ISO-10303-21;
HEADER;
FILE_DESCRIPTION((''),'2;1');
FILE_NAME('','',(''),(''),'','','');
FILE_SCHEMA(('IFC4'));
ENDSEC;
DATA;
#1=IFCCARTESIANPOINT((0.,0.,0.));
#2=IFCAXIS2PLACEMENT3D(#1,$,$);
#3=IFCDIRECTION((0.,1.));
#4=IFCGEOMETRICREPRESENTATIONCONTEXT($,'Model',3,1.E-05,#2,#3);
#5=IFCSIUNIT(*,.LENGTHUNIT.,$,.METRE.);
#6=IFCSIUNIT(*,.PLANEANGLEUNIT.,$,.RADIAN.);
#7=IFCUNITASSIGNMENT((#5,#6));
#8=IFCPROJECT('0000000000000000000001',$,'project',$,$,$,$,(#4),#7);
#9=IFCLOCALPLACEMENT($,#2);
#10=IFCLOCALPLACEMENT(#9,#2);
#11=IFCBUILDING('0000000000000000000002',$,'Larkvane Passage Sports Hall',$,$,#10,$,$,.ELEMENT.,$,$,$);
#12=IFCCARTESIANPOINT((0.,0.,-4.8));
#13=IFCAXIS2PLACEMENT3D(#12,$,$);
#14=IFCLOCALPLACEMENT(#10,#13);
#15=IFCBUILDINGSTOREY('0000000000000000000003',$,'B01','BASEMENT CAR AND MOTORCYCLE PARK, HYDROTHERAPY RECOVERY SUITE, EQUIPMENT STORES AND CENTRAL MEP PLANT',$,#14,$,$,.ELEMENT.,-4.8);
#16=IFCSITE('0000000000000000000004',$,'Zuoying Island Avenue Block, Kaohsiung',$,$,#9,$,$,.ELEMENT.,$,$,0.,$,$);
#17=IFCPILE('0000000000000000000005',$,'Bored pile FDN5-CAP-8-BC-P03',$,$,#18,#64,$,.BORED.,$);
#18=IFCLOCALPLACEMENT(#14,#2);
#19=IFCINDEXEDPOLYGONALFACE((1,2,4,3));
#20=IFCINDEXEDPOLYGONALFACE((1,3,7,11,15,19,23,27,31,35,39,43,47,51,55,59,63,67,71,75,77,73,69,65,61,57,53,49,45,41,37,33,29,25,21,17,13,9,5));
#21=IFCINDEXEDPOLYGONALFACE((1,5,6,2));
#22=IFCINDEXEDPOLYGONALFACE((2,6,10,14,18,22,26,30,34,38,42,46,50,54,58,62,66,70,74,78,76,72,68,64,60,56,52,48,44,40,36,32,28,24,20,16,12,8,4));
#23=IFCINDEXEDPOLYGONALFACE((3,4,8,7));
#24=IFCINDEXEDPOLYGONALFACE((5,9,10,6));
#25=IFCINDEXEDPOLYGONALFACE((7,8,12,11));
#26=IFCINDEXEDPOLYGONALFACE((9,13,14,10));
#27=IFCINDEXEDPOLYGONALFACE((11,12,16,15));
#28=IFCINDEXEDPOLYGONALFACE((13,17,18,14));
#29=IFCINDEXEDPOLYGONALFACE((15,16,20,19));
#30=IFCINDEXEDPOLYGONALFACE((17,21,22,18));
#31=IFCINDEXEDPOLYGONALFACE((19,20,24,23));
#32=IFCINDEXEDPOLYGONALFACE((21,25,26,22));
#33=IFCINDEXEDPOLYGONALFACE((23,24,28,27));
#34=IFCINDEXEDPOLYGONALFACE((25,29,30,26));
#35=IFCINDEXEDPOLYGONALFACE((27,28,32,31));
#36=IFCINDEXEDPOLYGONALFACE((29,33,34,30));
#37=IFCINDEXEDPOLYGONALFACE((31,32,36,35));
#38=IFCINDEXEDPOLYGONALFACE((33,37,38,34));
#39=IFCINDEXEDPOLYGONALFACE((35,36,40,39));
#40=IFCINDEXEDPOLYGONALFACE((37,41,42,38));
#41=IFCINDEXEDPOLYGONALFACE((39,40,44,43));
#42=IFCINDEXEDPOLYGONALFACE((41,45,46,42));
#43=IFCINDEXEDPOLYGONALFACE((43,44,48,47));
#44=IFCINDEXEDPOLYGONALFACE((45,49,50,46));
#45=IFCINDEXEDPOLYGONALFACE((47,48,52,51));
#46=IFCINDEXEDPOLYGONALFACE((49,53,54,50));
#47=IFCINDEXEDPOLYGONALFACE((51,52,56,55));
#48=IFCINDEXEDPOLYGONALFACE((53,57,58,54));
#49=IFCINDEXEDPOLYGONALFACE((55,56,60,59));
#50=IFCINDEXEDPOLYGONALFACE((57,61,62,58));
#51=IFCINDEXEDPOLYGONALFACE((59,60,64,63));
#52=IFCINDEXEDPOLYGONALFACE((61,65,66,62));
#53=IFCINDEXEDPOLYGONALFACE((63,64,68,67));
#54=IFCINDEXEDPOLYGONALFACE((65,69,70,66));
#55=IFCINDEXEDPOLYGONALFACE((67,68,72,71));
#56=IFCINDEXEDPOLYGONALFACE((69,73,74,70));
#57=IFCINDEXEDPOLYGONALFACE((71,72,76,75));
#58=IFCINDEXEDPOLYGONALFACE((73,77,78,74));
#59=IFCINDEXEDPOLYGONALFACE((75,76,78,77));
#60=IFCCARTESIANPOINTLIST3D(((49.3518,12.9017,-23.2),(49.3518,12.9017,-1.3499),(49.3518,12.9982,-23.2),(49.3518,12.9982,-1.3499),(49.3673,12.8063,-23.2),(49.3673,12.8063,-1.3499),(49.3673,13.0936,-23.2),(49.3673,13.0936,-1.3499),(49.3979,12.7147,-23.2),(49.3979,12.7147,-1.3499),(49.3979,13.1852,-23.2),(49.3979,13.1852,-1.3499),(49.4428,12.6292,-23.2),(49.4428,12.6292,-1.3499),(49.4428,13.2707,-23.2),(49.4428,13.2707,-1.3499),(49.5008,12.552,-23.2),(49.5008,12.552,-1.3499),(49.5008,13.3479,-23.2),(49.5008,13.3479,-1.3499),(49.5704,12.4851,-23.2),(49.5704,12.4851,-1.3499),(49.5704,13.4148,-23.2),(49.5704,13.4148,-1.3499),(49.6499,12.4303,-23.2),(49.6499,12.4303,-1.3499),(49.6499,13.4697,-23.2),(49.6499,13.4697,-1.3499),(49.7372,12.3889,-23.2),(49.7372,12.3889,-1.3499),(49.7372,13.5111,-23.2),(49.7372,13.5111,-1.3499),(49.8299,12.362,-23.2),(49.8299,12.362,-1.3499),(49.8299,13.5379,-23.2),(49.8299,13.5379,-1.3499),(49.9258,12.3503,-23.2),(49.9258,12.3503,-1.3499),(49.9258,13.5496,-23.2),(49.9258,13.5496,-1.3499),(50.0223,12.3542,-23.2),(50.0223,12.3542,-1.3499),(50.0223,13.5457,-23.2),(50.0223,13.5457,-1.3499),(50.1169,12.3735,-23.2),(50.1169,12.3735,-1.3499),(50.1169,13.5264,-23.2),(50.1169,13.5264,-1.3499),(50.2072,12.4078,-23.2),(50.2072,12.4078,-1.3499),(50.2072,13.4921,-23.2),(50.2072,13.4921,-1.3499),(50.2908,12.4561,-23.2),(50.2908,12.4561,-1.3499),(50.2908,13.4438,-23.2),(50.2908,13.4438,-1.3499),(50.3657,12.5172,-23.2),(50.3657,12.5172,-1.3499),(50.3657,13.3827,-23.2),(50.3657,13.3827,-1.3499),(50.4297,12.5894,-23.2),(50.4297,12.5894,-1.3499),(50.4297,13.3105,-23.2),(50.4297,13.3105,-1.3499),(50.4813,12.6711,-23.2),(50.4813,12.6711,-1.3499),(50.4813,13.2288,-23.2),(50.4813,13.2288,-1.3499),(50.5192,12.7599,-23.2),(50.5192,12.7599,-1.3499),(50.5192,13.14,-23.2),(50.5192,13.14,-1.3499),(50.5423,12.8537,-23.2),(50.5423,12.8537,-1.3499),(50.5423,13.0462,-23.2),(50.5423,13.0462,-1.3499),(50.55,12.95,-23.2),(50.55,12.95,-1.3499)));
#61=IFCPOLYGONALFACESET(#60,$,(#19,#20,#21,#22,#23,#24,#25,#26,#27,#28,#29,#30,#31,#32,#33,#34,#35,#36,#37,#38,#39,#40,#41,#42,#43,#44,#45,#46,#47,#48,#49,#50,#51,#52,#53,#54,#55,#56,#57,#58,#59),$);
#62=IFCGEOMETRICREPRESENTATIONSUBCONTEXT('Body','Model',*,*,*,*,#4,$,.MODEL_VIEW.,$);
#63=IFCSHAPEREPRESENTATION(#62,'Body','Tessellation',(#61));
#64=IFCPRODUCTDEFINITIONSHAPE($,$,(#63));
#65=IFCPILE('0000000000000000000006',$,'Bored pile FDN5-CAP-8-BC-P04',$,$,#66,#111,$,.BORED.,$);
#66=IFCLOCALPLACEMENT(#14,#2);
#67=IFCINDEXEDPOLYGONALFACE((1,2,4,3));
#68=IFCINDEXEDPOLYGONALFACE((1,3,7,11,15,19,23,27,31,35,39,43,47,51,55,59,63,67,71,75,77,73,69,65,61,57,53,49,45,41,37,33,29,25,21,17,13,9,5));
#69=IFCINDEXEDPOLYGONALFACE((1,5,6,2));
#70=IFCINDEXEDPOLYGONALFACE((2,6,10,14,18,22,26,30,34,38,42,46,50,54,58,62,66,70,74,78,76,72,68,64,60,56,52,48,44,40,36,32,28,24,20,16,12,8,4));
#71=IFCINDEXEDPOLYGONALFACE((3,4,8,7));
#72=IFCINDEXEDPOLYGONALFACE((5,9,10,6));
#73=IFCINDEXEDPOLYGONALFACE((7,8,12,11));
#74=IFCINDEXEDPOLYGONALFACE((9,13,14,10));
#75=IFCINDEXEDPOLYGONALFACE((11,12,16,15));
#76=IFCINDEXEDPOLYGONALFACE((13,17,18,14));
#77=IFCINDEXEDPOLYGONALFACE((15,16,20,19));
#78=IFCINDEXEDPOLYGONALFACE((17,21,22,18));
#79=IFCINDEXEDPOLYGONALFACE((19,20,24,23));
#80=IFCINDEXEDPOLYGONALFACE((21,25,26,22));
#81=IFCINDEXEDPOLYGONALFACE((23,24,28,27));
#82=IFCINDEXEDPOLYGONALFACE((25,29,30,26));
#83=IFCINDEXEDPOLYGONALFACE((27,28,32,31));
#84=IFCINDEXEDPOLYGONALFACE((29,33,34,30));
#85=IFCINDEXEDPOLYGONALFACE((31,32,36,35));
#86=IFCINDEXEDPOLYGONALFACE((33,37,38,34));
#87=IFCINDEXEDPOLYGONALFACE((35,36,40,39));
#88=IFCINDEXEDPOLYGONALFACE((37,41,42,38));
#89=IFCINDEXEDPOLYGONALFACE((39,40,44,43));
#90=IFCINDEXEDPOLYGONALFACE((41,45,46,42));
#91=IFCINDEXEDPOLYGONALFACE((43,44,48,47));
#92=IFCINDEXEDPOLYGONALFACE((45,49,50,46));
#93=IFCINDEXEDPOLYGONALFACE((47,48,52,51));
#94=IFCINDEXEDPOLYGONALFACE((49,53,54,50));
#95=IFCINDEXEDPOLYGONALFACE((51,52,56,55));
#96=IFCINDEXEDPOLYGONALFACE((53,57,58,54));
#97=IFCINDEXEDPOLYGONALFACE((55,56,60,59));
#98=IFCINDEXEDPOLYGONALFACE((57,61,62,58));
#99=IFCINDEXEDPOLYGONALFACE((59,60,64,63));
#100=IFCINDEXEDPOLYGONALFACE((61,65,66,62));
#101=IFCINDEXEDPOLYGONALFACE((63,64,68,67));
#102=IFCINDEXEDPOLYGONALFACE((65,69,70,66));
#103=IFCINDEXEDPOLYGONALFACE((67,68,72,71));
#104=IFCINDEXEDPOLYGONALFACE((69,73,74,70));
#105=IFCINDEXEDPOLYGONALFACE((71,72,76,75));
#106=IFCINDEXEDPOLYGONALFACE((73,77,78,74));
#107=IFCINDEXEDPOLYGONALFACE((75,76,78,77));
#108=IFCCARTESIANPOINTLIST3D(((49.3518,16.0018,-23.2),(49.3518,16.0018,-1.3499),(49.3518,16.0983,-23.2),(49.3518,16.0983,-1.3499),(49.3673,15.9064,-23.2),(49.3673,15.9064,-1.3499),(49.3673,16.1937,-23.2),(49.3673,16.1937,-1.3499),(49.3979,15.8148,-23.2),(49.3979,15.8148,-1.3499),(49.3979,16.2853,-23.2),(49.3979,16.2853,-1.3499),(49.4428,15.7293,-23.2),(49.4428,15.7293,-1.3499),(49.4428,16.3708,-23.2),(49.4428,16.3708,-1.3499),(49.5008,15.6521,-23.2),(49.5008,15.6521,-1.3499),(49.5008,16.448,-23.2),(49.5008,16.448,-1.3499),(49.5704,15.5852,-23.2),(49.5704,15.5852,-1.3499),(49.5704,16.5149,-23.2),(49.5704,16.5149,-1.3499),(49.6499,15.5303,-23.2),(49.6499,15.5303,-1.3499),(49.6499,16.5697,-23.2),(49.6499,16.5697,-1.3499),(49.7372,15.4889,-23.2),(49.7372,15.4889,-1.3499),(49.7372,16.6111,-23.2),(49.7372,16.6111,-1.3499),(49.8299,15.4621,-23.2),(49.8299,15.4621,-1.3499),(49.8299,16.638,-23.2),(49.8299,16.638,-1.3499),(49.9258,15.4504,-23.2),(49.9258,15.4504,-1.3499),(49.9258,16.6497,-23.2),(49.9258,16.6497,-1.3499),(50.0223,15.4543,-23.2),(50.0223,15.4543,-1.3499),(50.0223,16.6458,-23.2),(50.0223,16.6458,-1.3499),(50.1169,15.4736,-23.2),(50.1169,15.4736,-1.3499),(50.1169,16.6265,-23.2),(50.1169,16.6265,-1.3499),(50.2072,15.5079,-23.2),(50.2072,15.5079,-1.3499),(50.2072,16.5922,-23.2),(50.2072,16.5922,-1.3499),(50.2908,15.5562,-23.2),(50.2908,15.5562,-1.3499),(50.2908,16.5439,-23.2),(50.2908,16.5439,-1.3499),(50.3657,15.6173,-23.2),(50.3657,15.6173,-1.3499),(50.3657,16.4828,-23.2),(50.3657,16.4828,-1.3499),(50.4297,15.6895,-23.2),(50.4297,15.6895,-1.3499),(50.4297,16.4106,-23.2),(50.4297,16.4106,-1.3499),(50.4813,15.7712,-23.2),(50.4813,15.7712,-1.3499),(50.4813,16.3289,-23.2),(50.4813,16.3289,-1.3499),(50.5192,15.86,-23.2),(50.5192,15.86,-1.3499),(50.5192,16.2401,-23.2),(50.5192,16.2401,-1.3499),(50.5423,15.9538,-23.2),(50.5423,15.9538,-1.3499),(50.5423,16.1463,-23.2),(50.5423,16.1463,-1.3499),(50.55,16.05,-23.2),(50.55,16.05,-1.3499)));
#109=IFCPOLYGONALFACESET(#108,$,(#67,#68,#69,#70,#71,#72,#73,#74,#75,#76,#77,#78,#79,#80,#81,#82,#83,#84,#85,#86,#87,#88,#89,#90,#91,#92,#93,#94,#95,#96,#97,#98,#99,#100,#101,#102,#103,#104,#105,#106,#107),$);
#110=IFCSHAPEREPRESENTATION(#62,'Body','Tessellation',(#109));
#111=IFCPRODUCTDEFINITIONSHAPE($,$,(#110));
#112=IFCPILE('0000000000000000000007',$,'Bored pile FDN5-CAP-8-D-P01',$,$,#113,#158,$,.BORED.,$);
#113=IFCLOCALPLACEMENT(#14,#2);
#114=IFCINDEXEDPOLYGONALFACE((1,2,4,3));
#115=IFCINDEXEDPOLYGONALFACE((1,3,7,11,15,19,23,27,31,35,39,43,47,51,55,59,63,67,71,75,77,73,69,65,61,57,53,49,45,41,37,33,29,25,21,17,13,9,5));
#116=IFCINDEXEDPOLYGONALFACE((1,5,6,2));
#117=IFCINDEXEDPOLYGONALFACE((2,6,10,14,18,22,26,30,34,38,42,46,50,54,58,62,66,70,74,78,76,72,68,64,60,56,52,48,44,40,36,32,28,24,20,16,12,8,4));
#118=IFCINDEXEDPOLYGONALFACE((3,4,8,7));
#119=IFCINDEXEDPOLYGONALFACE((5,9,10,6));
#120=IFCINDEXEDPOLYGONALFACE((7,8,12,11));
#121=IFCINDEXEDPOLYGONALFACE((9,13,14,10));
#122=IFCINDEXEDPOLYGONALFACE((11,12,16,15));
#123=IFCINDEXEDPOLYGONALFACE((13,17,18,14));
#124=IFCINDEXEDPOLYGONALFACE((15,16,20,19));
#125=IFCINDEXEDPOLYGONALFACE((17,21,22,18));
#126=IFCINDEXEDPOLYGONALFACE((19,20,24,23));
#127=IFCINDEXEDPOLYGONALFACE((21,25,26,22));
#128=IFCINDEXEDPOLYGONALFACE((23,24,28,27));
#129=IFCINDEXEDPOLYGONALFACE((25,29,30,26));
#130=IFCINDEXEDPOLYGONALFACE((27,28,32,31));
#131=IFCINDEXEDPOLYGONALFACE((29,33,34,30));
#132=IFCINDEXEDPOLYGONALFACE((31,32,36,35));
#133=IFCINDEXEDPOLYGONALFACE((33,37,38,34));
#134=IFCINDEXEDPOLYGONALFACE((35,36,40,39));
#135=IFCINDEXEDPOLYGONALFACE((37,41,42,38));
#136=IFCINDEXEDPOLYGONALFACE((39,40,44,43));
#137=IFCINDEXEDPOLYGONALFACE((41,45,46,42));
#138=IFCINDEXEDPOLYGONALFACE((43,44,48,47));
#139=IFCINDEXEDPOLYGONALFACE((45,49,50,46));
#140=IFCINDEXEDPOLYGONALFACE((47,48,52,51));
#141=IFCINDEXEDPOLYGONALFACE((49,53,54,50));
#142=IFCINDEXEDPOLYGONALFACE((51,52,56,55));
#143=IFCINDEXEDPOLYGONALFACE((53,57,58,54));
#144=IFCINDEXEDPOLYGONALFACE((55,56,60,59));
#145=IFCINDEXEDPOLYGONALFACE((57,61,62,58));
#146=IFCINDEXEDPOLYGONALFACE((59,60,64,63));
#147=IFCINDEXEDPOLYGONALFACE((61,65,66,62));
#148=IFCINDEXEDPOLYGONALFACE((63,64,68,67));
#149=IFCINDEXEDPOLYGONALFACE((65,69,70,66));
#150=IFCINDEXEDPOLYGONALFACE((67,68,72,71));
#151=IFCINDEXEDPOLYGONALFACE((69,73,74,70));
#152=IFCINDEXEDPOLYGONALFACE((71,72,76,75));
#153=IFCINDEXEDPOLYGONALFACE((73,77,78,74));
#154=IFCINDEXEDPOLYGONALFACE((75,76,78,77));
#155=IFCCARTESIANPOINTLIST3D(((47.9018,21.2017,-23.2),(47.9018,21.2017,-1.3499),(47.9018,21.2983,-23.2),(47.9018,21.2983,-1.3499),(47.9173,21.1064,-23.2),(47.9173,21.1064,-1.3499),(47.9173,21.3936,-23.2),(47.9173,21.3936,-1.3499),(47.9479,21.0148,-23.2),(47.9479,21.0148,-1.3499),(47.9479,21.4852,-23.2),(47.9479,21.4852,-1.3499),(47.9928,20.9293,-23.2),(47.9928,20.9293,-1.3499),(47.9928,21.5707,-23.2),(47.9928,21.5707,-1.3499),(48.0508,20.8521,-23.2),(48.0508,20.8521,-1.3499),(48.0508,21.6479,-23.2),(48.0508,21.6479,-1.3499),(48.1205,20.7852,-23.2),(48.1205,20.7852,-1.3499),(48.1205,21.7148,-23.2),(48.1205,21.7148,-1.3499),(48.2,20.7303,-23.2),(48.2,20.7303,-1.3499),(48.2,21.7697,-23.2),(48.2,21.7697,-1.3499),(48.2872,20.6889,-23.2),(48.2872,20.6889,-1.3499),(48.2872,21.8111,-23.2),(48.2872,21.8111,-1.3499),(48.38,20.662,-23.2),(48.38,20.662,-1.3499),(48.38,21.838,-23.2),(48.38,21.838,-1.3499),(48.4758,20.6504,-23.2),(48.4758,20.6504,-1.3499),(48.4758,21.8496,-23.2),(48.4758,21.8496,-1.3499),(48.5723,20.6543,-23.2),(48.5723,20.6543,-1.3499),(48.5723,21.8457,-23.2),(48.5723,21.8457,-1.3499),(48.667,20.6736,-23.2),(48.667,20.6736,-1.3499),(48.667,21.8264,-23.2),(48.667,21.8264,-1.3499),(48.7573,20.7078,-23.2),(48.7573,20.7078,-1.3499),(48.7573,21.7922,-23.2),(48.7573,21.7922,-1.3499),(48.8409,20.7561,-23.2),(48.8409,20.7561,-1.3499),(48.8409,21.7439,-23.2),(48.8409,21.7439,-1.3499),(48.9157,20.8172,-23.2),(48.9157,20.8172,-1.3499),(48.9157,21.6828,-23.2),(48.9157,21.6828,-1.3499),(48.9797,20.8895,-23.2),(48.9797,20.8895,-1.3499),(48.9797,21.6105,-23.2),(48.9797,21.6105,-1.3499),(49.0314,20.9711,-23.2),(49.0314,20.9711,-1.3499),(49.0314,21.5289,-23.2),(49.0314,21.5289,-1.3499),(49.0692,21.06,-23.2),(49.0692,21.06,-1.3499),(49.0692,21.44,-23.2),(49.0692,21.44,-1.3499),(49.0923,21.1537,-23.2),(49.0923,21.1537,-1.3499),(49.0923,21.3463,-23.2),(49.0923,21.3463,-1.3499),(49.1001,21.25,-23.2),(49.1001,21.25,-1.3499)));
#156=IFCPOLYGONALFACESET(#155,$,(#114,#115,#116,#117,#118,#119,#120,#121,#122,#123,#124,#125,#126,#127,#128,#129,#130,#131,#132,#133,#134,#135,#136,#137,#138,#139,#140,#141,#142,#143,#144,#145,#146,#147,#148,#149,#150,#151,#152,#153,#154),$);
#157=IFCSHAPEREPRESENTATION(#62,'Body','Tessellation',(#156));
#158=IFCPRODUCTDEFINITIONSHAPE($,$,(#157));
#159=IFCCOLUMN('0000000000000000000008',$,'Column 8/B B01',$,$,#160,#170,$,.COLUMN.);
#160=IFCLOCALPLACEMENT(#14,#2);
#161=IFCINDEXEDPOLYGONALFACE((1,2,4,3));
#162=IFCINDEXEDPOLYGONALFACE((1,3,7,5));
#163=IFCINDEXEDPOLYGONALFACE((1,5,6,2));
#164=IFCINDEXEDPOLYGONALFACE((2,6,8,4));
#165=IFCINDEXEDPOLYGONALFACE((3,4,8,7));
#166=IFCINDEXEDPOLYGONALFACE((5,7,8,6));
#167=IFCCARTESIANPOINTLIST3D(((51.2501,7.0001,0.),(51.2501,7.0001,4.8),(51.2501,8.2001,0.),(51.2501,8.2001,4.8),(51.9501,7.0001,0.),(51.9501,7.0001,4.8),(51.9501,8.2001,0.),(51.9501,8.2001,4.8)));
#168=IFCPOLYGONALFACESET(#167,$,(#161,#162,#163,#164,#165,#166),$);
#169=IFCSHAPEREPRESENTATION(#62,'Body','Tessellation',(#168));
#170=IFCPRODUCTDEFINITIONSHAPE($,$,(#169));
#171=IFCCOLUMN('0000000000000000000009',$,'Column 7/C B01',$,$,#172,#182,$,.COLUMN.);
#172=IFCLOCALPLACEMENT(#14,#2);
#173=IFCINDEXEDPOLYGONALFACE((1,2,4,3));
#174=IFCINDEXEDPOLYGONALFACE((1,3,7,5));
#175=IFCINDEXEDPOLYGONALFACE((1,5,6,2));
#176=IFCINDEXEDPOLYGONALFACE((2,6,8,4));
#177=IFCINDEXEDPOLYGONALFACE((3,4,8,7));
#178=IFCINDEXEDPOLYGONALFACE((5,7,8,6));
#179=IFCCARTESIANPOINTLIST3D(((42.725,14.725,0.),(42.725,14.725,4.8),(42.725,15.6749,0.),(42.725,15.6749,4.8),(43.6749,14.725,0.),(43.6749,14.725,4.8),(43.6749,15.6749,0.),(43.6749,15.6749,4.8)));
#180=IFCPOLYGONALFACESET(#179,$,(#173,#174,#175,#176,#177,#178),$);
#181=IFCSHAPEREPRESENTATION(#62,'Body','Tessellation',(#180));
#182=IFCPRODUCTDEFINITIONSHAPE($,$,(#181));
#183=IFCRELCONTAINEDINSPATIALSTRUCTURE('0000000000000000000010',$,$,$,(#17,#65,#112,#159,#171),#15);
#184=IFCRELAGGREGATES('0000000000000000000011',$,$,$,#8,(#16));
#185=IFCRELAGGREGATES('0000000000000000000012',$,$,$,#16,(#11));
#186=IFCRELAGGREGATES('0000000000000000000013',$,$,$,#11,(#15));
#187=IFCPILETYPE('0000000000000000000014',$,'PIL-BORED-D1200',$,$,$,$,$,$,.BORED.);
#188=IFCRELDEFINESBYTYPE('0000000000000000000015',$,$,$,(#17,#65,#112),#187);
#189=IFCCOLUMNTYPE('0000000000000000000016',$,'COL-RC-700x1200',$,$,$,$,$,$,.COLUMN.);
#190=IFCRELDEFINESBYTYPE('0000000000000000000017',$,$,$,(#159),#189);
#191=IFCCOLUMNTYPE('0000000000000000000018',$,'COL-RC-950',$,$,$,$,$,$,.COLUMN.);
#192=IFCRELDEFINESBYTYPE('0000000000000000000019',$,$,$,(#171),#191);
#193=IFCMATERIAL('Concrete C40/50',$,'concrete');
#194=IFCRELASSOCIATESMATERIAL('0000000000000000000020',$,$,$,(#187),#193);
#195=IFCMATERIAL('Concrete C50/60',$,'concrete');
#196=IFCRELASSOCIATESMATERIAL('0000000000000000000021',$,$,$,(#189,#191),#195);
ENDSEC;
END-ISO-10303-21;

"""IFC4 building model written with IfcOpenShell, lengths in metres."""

from ifc_helpers import new_model, si_unit, direction, frame, origin, origin_2d, place, context, subcontext, project, spatial, rectangle, circle, extrude, material, material_profile, profile_set, type_object, element, save


model = new_model("IFC4")

# Units and contexts
model_context = context("Model", 3, precision=1e-05, world=origin(), true_north=direction((0.0, 1.0)))
body_context = subcontext(model_context, "Body", "Model", "MODEL_VIEW")
ifc_project = project(units=[si_unit("LENGTHUNIT", "METRE"), si_unit("PLANEANGLEUNIT", "RADIAN")], contexts=[model_context])

# Site, building, storey
site_placement = place(None, origin())
site = spatial("IfcSite", under=ifc_project, at=site_placement, Name="Zuoying Island Avenue Block, Kaohsiung", CompositionType="ELEMENT", RefElevation=0.0)
building_placement = place(site_placement, origin())
building = spatial("IfcBuilding", under=site, at=building_placement, Name="Larkvane Passage Sports Hall", CompositionType="ELEMENT")
storey_placement = place(building_placement, frame((0.0, 0.0, -4.8)))
storey = spatial("IfcBuildingStorey", under=building, at=storey_placement, Name="B01", Description="BASEMENT CAR AND MOTORCYCLE PARK, HYDROTHERAPY RECOVERY SUITE, EQUIPMENT STORES AND CENTRAL MEP PLANT", CompositionType="ELEMENT", Elevation=-4.8)

# Shared definitions
ifc_material_1 = material(Name="Concrete C40/50", Category="concrete")

# Piles
ifc_material_profile_1 = material_profile(ifc_material_1, circle(Radius=0.6001, at=origin_2d()), Name="PILE-D1200")
ifc_profile_set_1 = profile_set([ifc_material_profile_1], Name="Concrete C40/50")
pile_type = type_object("IfcPileType", Name="PIL-BORED-D1200", PredefinedType="BORED", material=ifc_profile_set_1)
for number, where, z_axis, x_axis, name in (
    (1, (49.95, 12.95, -1.3499), (0.0, 0.0, -1.0), (1.0, 0.0, 0.0), "Bored pile FDN5-CAP-8-BC-P03"),
    (2, (49.95, 16.05, -1.3499), (0.0, 0.0, -1.0), (1.0, 0.0, 0.0), "Bored pile FDN5-CAP-8-BC-P04"),
    (3, (48.5, 21.25, -1.3499), (0.0, 0.0, -1.0), (1.0, 0.0, 0.0), "Bored pile FDN5-CAP-8-D-P01"),
):
    element("IfcPile", number, at=place(storey_placement, frame(where, z_axis=z_axis, x_axis=x_axis)), inside=storey, type_object=pile_type, Name=name, PredefinedType="BORED", context=body_context, shape_type="SweptSolid", body=[
        extrude(circle(Radius=0.6001, at=origin_2d()), origin(), (0.0, 0.0, 1.0), 21.8501),
    ])

# Columns
ifc_material_2 = material(Name="Concrete C50/60", Category="concrete")
ifc_material_profile_2 = material_profile(ifc_material_2, rectangle(XDim=0.7, YDim=1.2, at=origin_2d()), Name="RC-COL-700x1200")
ifc_profile_set_2 = profile_set([ifc_material_profile_2], Name="Concrete C50/60")
column_type_1 = type_object("IfcColumnType", Name="COL-RC-700x1200", PredefinedType="COLUMN", material=ifc_profile_set_2)
column_1_placement = place(storey_placement, frame((51.6001, 7.6001, 0.0), z_axis=(0.0, 0.0, 1.0), x_axis=(1.0, 0.0, 0.0)))
element("IfcColumn", 4, at=column_1_placement, inside=storey, type_object=column_type_1, Name="Column 8/B B01", PredefinedType="COLUMN", context=body_context, shape_type="SweptSolid", body=[
    extrude(rectangle(XDim=0.7, YDim=1.2, at=origin_2d()), origin(), (0.0, 0.0, 1.0), 4.8),
])
ifc_material_profile_3 = material_profile(ifc_material_2, rectangle(XDim=0.95, YDim=0.95, at=origin_2d()), Name="RC-COL-950x950")
ifc_profile_set_3 = profile_set([ifc_material_profile_3], Name="Concrete C50/60")
column_type_2 = type_object("IfcColumnType", Name="COL-RC-950", PredefinedType="COLUMN", material=ifc_profile_set_3)
column_2_placement = place(storey_placement, frame((43.2, 15.2, 0.0), z_axis=(0.0, 0.0, 1.0), x_axis=(1.0, 0.0, 0.0)))
element("IfcColumn", 5, at=column_2_placement, inside=storey, type_object=column_type_2, Name="Column 7/C B01", PredefinedType="COLUMN", context=body_context, shape_type="SweptSolid", body=[
    extrude(rectangle(XDim=0.95, YDim=0.95, at=origin_2d()), origin(), (0.0, 0.0, 1.0), 4.8),
])

save(model, "model.ifc")
